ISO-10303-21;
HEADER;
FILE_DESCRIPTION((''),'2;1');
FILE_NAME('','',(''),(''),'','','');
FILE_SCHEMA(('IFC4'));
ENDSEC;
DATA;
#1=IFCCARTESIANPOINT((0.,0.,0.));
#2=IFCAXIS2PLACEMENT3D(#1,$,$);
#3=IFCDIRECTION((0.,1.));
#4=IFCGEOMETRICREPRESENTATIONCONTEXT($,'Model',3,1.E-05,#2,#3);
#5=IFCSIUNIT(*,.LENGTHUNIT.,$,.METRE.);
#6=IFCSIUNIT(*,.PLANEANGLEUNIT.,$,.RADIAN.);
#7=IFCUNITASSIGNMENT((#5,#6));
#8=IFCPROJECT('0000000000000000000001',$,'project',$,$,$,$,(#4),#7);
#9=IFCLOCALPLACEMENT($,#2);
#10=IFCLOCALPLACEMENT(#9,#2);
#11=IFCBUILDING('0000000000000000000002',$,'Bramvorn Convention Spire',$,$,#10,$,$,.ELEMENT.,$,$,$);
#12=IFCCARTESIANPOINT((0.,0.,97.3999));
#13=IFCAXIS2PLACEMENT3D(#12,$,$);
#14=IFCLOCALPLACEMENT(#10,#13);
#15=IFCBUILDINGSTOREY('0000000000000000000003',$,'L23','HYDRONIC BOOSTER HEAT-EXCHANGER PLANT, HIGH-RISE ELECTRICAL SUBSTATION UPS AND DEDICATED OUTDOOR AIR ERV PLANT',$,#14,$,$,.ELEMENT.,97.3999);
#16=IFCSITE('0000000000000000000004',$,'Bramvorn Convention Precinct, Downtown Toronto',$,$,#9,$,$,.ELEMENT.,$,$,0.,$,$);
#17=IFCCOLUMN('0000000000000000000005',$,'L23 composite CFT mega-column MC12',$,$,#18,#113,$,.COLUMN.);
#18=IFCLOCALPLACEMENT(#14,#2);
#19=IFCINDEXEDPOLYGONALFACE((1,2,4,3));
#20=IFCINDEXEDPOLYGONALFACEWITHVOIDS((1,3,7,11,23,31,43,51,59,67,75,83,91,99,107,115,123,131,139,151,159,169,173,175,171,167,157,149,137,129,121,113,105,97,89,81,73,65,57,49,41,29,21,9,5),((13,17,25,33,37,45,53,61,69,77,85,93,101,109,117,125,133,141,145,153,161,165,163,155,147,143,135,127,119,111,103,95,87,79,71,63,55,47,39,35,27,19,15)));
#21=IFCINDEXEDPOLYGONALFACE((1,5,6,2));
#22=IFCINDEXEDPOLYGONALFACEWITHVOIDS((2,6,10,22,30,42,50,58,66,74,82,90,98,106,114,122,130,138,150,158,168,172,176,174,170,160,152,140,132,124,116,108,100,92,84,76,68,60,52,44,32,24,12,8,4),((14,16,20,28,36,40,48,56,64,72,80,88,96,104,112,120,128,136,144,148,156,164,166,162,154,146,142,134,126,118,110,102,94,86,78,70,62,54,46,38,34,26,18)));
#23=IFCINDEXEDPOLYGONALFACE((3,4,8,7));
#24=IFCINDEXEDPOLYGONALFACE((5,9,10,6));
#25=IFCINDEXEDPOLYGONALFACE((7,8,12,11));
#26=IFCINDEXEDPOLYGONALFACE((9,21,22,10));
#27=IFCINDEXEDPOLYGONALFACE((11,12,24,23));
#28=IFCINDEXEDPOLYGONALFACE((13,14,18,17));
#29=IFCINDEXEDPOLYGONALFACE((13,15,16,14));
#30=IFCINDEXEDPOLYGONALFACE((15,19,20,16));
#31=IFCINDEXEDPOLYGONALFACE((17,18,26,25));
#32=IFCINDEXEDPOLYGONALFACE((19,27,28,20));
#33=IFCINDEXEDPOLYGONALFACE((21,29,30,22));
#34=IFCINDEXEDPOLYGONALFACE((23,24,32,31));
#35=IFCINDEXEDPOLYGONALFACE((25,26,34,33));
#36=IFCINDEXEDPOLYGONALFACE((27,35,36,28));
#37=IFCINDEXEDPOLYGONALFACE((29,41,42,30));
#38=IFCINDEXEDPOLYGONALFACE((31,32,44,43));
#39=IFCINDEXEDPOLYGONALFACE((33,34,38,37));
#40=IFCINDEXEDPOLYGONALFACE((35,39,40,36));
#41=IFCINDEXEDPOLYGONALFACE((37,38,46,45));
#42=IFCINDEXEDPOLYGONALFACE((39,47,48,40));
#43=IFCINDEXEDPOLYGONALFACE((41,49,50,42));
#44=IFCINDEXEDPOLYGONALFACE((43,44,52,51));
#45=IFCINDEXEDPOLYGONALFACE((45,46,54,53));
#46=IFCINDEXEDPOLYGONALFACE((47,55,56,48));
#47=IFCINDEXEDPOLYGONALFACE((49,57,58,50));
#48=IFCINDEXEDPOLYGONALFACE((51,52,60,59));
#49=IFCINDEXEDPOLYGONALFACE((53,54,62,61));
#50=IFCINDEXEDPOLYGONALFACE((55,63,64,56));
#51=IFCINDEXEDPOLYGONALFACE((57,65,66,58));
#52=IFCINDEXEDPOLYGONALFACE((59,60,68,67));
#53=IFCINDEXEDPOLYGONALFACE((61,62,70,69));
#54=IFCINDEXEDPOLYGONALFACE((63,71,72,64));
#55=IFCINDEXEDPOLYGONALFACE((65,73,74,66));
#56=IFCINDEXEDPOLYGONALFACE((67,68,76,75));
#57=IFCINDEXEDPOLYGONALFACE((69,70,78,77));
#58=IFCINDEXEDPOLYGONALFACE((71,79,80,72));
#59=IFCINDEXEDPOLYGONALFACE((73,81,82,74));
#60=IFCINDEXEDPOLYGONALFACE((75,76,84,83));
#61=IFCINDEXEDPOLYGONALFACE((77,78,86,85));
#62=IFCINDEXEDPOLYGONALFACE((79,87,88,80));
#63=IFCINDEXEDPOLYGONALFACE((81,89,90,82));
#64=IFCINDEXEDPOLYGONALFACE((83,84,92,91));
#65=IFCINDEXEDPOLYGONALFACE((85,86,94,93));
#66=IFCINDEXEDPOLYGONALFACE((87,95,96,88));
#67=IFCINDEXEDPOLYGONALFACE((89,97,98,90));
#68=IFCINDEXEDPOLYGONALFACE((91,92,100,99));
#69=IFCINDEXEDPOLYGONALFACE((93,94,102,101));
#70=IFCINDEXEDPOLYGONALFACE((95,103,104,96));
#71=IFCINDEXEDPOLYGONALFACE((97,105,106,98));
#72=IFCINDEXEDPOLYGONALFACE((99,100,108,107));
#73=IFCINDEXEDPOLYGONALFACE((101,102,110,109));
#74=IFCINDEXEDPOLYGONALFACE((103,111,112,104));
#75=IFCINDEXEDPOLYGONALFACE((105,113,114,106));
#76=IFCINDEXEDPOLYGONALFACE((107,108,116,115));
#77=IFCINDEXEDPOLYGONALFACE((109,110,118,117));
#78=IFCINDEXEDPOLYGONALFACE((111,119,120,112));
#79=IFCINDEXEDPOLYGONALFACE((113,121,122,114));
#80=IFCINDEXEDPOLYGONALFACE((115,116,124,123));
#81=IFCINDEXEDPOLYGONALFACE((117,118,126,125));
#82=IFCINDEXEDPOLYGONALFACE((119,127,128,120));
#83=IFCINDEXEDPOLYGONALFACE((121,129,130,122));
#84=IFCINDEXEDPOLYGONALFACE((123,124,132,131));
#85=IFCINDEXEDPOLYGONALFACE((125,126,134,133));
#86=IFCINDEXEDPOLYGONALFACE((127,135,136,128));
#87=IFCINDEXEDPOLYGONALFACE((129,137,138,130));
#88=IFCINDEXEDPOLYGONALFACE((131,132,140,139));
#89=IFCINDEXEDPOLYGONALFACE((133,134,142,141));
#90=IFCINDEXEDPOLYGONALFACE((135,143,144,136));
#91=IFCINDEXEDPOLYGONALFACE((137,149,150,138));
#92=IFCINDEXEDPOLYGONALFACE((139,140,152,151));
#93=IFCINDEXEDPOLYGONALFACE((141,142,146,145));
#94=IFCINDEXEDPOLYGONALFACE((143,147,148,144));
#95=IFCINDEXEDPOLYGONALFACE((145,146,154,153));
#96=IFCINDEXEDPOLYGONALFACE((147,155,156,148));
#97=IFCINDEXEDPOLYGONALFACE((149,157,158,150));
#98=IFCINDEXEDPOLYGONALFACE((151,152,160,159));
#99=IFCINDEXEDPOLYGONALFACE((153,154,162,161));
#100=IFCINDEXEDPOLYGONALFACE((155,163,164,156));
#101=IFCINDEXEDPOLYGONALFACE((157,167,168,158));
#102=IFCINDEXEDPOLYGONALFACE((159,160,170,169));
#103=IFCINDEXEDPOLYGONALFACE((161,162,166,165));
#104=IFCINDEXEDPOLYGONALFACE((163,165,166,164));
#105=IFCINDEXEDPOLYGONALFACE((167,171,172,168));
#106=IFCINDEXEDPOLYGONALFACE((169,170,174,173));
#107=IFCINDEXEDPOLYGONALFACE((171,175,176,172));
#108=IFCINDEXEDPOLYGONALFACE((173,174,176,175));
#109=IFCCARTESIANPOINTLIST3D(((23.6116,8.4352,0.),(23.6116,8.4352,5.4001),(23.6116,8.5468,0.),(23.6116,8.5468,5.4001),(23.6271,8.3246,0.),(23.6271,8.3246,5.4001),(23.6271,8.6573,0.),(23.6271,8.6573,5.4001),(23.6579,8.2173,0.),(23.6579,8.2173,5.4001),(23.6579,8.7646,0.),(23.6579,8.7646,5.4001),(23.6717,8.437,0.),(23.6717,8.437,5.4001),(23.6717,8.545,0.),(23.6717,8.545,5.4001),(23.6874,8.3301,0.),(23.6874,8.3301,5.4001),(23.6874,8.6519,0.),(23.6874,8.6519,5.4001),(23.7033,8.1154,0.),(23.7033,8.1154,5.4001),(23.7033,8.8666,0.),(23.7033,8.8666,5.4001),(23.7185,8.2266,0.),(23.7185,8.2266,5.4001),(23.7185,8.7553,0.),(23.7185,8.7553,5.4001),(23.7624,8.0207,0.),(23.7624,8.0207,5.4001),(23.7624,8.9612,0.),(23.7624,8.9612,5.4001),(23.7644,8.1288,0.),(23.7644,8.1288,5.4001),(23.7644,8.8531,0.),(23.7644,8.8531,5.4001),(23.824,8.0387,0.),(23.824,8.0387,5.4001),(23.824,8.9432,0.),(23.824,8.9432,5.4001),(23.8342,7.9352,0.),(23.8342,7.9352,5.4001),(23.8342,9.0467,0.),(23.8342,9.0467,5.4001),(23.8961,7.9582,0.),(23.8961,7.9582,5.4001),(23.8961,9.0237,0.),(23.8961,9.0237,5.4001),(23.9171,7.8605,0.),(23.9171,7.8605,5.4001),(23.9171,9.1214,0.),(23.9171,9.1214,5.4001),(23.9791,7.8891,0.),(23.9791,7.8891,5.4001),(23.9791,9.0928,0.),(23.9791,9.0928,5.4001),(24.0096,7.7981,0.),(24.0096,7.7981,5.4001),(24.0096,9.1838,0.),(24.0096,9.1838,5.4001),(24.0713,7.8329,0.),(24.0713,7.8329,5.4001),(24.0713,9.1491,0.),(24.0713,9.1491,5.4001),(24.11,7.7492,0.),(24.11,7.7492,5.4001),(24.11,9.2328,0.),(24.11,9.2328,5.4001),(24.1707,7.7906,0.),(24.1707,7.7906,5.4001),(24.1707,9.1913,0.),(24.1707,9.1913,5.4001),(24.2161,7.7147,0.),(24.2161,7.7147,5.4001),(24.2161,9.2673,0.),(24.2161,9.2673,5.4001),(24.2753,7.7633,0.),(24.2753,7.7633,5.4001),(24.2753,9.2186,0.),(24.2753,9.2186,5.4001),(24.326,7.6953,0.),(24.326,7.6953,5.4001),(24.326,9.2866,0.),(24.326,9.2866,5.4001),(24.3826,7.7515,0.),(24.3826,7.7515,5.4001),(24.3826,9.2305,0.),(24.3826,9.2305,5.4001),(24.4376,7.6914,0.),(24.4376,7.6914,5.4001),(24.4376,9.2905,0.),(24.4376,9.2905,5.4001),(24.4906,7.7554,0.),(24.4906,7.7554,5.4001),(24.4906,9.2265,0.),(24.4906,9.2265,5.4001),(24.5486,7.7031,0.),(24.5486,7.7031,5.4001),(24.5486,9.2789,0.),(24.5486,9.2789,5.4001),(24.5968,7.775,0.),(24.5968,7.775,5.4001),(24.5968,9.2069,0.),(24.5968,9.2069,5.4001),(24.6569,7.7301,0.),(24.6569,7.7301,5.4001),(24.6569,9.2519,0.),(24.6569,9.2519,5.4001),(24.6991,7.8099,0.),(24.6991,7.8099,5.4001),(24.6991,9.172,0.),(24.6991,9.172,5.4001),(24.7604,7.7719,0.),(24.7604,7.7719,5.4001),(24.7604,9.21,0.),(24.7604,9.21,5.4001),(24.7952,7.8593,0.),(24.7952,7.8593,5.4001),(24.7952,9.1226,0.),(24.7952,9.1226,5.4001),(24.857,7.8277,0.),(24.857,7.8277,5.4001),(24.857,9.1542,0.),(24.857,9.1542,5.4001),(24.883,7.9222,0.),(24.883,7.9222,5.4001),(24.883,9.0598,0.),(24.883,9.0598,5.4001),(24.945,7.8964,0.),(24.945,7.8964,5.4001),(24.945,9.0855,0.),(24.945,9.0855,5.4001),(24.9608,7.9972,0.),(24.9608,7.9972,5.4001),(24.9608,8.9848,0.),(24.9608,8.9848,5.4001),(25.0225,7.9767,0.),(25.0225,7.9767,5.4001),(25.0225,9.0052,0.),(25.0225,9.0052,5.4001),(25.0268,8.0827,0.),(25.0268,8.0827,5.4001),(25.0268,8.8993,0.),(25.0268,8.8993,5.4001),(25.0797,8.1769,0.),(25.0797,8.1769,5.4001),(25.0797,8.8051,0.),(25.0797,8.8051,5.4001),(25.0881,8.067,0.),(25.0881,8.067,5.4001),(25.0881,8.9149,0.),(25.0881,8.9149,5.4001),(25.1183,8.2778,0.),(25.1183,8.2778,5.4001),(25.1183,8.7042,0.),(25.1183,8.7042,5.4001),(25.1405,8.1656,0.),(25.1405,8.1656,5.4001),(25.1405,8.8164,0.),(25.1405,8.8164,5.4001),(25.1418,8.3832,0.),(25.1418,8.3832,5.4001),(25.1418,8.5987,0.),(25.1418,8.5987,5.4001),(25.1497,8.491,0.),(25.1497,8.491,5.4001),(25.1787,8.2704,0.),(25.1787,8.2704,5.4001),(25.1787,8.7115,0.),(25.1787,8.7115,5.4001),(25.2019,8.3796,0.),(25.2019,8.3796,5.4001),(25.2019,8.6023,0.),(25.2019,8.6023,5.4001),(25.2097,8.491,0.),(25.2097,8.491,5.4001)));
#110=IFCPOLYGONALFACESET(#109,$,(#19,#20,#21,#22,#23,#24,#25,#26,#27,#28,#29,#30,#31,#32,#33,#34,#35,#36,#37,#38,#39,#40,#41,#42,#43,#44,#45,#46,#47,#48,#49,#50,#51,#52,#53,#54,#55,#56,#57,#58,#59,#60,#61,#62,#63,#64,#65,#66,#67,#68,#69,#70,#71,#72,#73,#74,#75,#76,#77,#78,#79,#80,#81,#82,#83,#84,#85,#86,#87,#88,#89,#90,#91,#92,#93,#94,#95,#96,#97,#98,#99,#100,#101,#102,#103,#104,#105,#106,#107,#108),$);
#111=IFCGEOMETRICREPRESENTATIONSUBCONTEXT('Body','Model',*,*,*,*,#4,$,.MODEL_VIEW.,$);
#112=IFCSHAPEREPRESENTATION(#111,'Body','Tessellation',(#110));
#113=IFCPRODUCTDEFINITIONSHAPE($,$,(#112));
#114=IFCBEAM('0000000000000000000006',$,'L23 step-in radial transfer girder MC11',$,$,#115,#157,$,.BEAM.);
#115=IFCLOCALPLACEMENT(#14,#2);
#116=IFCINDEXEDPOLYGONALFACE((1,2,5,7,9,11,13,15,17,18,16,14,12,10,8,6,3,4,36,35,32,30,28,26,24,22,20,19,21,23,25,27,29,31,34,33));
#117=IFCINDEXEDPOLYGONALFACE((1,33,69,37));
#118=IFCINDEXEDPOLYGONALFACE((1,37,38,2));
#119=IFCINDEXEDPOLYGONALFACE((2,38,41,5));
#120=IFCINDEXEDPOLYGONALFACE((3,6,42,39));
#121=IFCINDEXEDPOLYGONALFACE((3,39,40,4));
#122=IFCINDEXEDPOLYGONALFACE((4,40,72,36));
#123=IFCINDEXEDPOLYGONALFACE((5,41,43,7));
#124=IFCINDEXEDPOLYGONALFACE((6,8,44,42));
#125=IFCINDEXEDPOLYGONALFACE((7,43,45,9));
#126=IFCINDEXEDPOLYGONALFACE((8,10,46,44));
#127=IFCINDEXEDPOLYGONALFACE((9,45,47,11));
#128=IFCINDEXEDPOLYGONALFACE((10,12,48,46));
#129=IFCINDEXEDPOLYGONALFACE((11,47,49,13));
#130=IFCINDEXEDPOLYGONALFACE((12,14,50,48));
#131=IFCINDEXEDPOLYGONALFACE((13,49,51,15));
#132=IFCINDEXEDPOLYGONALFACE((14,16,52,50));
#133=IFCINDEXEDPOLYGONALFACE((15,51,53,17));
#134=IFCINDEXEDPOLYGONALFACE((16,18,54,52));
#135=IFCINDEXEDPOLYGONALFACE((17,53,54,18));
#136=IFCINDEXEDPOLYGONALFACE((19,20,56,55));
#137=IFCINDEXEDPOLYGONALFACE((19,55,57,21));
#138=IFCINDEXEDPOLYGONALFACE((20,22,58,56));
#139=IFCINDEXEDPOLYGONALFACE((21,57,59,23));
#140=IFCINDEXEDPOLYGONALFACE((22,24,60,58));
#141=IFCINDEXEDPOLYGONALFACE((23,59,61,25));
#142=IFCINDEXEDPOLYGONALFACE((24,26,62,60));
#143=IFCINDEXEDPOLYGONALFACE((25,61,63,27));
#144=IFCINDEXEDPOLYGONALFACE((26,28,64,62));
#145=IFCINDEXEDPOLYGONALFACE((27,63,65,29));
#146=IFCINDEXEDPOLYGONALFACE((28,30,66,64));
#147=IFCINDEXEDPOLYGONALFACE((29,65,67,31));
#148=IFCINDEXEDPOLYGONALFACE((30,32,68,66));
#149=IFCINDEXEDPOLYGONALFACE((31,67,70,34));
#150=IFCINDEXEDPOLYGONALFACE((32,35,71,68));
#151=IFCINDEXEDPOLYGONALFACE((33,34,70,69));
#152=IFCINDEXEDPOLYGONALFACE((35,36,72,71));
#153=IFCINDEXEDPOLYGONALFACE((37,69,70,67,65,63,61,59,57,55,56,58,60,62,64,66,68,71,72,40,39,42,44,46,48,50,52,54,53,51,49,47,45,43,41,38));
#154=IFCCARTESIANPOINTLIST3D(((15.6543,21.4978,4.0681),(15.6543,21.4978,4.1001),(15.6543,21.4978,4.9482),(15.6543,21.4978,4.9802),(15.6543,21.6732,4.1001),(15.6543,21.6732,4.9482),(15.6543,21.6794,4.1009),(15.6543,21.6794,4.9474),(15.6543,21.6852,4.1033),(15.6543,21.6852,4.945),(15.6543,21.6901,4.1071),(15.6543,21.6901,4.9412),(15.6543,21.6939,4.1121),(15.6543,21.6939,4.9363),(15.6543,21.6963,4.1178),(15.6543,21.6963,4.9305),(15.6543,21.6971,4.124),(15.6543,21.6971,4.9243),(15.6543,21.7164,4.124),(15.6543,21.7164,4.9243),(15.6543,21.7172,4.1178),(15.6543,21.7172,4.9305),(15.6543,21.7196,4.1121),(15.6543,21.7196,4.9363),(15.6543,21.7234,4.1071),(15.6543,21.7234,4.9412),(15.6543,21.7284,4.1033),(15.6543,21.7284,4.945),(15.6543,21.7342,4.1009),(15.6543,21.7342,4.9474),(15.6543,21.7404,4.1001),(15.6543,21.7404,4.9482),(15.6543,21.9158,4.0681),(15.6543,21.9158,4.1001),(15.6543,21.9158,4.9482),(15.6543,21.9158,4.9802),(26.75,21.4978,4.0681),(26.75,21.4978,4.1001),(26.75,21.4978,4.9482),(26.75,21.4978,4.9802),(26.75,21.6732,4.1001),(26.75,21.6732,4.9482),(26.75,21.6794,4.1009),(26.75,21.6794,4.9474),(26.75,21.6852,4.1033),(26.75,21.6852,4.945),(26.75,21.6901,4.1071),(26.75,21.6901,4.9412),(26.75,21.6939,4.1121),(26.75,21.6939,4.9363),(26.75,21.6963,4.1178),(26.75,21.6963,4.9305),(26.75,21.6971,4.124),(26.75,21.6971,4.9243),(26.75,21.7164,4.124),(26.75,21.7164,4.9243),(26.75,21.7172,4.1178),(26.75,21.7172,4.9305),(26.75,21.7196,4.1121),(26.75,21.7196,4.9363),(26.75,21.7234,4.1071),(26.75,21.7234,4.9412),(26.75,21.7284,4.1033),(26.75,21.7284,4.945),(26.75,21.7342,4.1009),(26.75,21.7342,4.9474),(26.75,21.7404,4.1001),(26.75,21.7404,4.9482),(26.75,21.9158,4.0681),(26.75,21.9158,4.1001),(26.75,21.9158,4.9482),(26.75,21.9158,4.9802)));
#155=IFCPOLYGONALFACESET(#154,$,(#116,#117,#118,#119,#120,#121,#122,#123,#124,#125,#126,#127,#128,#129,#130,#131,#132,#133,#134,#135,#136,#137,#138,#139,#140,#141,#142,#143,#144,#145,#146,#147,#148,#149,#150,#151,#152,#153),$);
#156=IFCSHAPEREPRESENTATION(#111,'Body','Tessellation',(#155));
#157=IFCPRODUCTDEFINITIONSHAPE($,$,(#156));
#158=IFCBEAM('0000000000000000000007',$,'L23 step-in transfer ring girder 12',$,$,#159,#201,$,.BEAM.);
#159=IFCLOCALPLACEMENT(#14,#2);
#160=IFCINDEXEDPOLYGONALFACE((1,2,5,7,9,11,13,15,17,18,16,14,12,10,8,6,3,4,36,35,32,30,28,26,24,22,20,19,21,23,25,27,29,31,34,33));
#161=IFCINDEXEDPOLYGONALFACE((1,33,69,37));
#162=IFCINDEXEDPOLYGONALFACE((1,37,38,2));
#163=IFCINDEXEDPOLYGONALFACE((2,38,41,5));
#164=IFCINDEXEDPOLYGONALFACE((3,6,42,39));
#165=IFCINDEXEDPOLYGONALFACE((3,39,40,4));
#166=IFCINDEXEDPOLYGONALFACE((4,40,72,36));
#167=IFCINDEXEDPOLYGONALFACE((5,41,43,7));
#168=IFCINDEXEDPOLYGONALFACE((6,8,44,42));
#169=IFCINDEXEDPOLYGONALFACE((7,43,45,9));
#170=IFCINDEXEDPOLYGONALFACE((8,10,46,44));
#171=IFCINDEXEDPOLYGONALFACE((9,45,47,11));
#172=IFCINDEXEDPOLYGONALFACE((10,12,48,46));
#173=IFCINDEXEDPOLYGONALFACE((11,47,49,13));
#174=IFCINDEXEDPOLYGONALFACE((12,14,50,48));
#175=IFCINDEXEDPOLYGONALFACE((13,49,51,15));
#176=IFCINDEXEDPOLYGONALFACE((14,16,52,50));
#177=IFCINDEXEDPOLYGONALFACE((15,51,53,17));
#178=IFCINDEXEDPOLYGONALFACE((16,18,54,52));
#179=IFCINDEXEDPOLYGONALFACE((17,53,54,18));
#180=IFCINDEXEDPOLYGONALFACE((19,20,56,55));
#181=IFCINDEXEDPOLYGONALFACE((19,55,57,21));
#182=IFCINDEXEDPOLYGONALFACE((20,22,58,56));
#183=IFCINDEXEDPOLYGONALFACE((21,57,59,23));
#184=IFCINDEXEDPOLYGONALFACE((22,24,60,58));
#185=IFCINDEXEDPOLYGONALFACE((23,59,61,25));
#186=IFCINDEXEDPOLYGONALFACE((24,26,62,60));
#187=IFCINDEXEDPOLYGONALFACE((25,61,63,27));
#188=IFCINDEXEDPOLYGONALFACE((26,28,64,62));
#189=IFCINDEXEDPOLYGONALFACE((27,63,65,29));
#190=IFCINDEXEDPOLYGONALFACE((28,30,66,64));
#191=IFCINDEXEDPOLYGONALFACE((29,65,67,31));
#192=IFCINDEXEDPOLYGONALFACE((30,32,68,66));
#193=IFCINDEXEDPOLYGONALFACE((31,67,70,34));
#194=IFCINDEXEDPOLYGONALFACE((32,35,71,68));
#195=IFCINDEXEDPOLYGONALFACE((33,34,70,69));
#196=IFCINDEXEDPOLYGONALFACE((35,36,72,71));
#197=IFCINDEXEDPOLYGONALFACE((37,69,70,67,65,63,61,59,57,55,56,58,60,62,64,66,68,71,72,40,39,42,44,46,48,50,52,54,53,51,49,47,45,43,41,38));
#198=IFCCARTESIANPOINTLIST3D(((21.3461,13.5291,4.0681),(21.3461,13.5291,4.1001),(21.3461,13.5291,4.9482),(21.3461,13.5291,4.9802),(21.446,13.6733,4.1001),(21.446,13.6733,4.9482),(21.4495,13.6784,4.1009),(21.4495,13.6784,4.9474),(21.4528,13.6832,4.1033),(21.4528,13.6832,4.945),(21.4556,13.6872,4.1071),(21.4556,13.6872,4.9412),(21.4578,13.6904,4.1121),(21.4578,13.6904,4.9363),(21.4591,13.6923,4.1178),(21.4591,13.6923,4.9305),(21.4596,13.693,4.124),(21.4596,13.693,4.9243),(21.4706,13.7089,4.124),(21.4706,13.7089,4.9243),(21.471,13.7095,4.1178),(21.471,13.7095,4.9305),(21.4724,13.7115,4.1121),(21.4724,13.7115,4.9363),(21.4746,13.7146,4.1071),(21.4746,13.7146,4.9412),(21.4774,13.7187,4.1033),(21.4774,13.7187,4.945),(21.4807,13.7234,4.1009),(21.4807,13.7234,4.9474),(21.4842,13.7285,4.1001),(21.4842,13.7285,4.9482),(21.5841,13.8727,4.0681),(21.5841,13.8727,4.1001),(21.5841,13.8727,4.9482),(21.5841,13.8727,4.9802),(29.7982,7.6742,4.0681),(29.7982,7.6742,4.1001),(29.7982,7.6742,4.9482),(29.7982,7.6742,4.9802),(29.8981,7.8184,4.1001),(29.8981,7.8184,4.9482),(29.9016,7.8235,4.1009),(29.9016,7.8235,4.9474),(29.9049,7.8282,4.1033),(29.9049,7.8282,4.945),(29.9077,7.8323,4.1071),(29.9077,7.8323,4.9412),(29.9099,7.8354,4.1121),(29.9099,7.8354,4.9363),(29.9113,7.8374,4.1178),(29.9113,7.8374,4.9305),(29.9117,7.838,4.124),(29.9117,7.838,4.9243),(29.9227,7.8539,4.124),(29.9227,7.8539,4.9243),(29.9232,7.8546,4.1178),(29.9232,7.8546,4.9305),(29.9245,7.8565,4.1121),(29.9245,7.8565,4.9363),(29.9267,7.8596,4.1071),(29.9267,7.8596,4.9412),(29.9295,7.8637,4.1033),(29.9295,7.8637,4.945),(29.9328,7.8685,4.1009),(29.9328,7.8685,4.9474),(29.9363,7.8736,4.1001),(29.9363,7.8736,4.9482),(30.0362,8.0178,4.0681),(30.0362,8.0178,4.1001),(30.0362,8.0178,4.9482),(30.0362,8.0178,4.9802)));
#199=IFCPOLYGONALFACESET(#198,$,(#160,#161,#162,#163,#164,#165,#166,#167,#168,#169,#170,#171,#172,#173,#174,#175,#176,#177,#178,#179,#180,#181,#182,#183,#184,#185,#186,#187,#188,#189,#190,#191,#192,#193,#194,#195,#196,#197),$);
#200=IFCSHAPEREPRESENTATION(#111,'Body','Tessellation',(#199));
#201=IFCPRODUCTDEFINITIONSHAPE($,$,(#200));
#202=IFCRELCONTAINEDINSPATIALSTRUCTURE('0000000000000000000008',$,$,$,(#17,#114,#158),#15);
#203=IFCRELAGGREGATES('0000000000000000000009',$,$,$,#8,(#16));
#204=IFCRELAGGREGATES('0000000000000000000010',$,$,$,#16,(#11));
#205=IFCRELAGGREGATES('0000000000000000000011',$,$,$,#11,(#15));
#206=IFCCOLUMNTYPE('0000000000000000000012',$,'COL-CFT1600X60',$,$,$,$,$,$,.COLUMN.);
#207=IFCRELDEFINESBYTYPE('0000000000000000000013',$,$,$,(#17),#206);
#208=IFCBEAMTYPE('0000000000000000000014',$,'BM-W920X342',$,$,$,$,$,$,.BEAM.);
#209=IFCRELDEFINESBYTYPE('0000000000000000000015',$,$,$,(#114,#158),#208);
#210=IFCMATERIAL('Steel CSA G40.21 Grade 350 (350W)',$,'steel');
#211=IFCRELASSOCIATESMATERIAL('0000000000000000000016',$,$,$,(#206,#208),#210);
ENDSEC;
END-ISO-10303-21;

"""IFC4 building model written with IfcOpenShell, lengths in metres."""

from ifc_helpers import new_model, si_unit, direction, frame, origin, origin_2d, place, context, subcontext, project, spatial, hollow_circle, i_section, extrude, material, material_profile, profile_set, type_object, element, save


model = new_model("IFC4")

# Units and contexts
model_context = context("Model", 3, precision=1e-05, world=origin(), true_north=direction((0.0, 1.0)))
body_context = subcontext(model_context, "Body", "Model", "MODEL_VIEW")
ifc_project = project(units=[si_unit("LENGTHUNIT", "METRE"), si_unit("PLANEANGLEUNIT", "RADIAN")], contexts=[model_context])

# Site, building, storey
site_placement = place(None, origin())
site = spatial("IfcSite", under=ifc_project, at=site_placement, Name="Bramvorn Convention Precinct, Downtown Toronto", CompositionType="ELEMENT", RefElevation=0.0)
building_placement = place(site_placement, origin())
building = spatial("IfcBuilding", under=site, at=building_placement, Name="Bramvorn Convention Spire", CompositionType="ELEMENT")
storey_placement = place(building_placement, frame((0.0, 0.0, 97.3999)))
storey = spatial("IfcBuildingStorey", under=building, at=storey_placement, Name="L23", Description="HYDRONIC BOOSTER HEAT-EXCHANGER PLANT, HIGH-RISE ELECTRICAL SUBSTATION UPS AND DEDICATED OUTDOOR AIR ERV PLANT", CompositionType="ELEMENT", Elevation=97.3999)

# Column
ifc_material_1 = material(Name="Steel CSA G40.21 Grade 350 (350W)", Category="steel")
ifc_material_profile_1 = material_profile(ifc_material_1, hollow_circle(Radius=0.8, WallThickness=0.0601, at=origin_2d()))
ifc_profile_set_1 = profile_set([ifc_material_profile_1], Name="Steel CSA G40.21 Grade 350 (350W) - CFT1600X60")
column_type = type_object("IfcColumnType", Name="COL-CFT1600X60", PredefinedType="COLUMN", material=ifc_profile_set_1)
column_placement = place(storey_placement, frame((24.4097, 8.491, 0.0), z_axis=(0.0, 0.0, 1.0), x_axis=(1.0, 0.0, 0.0)))
element("IfcColumn", 1, at=column_placement, inside=storey, type_object=column_type, Name="L23 composite CFT mega-column MC12", PredefinedType="COLUMN", context=body_context, shape_type="SweptSolid", body=[
    extrude(hollow_circle(Radius=0.8, WallThickness=0.0601, at=origin_2d()), origin(), (0.0, 0.0, 1.0), 5.4001),
])

# Beams
ifc_material_profile_2 = material_profile(ifc_material_1, i_section(OverallWidth=0.418, OverallDepth=0.9121, WebThickness=0.0193, FlangeThickness=0.032, FilletRadius=0.0239, at=origin_2d()))
ifc_profile_set_2 = profile_set([ifc_material_profile_2], Name="Steel CSA G40.21 Grade 350 (350W) - W920X342")
beam_type = type_object("IfcBeamType", Name="BM-W920X342", PredefinedType="BEAM", material=ifc_profile_set_2)
beam_1_placement = place(storey_placement, frame((26.75, 21.7068, 4.5242), z_axis=(-1.0, 0.0, 0.0), x_axis=(0.0, -1.0, 0.0)))
element("IfcBeam", 2, at=beam_1_placement, inside=storey, type_object=beam_type, Name="L23 step-in radial transfer girder MC11", PredefinedType="BEAM", context=body_context, shape_type="SweptSolid", body=[
    extrude(i_section(OverallWidth=0.418, OverallDepth=0.9121, WebThickness=0.0193, FlangeThickness=0.032, FilletRadius=0.0239, at=origin_2d()), origin(), (0.0, 0.0, 1.0), 11.0957),
])
beam_2_placement = place(storey_placement, frame((21.4651, 13.7009, 4.5242), z_axis=(0.822033, -0.56944, 0.0), x_axis=(0.56944, 0.822033, 0.0)))
element("IfcBeam", 3, at=beam_2_placement, inside=storey, type_object=beam_type, Name="L23 step-in transfer ring girder 12", PredefinedType="BEAM", context=body_context, shape_type="SweptSolid", body=[
    extrude(i_section(OverallWidth=0.418, OverallDepth=0.9121, WebThickness=0.0193, FlangeThickness=0.032, FilletRadius=0.0239, at=origin_2d()), origin(), (0.0, 0.0, 1.0), 10.282),
])

save(model, "model.ifc")
